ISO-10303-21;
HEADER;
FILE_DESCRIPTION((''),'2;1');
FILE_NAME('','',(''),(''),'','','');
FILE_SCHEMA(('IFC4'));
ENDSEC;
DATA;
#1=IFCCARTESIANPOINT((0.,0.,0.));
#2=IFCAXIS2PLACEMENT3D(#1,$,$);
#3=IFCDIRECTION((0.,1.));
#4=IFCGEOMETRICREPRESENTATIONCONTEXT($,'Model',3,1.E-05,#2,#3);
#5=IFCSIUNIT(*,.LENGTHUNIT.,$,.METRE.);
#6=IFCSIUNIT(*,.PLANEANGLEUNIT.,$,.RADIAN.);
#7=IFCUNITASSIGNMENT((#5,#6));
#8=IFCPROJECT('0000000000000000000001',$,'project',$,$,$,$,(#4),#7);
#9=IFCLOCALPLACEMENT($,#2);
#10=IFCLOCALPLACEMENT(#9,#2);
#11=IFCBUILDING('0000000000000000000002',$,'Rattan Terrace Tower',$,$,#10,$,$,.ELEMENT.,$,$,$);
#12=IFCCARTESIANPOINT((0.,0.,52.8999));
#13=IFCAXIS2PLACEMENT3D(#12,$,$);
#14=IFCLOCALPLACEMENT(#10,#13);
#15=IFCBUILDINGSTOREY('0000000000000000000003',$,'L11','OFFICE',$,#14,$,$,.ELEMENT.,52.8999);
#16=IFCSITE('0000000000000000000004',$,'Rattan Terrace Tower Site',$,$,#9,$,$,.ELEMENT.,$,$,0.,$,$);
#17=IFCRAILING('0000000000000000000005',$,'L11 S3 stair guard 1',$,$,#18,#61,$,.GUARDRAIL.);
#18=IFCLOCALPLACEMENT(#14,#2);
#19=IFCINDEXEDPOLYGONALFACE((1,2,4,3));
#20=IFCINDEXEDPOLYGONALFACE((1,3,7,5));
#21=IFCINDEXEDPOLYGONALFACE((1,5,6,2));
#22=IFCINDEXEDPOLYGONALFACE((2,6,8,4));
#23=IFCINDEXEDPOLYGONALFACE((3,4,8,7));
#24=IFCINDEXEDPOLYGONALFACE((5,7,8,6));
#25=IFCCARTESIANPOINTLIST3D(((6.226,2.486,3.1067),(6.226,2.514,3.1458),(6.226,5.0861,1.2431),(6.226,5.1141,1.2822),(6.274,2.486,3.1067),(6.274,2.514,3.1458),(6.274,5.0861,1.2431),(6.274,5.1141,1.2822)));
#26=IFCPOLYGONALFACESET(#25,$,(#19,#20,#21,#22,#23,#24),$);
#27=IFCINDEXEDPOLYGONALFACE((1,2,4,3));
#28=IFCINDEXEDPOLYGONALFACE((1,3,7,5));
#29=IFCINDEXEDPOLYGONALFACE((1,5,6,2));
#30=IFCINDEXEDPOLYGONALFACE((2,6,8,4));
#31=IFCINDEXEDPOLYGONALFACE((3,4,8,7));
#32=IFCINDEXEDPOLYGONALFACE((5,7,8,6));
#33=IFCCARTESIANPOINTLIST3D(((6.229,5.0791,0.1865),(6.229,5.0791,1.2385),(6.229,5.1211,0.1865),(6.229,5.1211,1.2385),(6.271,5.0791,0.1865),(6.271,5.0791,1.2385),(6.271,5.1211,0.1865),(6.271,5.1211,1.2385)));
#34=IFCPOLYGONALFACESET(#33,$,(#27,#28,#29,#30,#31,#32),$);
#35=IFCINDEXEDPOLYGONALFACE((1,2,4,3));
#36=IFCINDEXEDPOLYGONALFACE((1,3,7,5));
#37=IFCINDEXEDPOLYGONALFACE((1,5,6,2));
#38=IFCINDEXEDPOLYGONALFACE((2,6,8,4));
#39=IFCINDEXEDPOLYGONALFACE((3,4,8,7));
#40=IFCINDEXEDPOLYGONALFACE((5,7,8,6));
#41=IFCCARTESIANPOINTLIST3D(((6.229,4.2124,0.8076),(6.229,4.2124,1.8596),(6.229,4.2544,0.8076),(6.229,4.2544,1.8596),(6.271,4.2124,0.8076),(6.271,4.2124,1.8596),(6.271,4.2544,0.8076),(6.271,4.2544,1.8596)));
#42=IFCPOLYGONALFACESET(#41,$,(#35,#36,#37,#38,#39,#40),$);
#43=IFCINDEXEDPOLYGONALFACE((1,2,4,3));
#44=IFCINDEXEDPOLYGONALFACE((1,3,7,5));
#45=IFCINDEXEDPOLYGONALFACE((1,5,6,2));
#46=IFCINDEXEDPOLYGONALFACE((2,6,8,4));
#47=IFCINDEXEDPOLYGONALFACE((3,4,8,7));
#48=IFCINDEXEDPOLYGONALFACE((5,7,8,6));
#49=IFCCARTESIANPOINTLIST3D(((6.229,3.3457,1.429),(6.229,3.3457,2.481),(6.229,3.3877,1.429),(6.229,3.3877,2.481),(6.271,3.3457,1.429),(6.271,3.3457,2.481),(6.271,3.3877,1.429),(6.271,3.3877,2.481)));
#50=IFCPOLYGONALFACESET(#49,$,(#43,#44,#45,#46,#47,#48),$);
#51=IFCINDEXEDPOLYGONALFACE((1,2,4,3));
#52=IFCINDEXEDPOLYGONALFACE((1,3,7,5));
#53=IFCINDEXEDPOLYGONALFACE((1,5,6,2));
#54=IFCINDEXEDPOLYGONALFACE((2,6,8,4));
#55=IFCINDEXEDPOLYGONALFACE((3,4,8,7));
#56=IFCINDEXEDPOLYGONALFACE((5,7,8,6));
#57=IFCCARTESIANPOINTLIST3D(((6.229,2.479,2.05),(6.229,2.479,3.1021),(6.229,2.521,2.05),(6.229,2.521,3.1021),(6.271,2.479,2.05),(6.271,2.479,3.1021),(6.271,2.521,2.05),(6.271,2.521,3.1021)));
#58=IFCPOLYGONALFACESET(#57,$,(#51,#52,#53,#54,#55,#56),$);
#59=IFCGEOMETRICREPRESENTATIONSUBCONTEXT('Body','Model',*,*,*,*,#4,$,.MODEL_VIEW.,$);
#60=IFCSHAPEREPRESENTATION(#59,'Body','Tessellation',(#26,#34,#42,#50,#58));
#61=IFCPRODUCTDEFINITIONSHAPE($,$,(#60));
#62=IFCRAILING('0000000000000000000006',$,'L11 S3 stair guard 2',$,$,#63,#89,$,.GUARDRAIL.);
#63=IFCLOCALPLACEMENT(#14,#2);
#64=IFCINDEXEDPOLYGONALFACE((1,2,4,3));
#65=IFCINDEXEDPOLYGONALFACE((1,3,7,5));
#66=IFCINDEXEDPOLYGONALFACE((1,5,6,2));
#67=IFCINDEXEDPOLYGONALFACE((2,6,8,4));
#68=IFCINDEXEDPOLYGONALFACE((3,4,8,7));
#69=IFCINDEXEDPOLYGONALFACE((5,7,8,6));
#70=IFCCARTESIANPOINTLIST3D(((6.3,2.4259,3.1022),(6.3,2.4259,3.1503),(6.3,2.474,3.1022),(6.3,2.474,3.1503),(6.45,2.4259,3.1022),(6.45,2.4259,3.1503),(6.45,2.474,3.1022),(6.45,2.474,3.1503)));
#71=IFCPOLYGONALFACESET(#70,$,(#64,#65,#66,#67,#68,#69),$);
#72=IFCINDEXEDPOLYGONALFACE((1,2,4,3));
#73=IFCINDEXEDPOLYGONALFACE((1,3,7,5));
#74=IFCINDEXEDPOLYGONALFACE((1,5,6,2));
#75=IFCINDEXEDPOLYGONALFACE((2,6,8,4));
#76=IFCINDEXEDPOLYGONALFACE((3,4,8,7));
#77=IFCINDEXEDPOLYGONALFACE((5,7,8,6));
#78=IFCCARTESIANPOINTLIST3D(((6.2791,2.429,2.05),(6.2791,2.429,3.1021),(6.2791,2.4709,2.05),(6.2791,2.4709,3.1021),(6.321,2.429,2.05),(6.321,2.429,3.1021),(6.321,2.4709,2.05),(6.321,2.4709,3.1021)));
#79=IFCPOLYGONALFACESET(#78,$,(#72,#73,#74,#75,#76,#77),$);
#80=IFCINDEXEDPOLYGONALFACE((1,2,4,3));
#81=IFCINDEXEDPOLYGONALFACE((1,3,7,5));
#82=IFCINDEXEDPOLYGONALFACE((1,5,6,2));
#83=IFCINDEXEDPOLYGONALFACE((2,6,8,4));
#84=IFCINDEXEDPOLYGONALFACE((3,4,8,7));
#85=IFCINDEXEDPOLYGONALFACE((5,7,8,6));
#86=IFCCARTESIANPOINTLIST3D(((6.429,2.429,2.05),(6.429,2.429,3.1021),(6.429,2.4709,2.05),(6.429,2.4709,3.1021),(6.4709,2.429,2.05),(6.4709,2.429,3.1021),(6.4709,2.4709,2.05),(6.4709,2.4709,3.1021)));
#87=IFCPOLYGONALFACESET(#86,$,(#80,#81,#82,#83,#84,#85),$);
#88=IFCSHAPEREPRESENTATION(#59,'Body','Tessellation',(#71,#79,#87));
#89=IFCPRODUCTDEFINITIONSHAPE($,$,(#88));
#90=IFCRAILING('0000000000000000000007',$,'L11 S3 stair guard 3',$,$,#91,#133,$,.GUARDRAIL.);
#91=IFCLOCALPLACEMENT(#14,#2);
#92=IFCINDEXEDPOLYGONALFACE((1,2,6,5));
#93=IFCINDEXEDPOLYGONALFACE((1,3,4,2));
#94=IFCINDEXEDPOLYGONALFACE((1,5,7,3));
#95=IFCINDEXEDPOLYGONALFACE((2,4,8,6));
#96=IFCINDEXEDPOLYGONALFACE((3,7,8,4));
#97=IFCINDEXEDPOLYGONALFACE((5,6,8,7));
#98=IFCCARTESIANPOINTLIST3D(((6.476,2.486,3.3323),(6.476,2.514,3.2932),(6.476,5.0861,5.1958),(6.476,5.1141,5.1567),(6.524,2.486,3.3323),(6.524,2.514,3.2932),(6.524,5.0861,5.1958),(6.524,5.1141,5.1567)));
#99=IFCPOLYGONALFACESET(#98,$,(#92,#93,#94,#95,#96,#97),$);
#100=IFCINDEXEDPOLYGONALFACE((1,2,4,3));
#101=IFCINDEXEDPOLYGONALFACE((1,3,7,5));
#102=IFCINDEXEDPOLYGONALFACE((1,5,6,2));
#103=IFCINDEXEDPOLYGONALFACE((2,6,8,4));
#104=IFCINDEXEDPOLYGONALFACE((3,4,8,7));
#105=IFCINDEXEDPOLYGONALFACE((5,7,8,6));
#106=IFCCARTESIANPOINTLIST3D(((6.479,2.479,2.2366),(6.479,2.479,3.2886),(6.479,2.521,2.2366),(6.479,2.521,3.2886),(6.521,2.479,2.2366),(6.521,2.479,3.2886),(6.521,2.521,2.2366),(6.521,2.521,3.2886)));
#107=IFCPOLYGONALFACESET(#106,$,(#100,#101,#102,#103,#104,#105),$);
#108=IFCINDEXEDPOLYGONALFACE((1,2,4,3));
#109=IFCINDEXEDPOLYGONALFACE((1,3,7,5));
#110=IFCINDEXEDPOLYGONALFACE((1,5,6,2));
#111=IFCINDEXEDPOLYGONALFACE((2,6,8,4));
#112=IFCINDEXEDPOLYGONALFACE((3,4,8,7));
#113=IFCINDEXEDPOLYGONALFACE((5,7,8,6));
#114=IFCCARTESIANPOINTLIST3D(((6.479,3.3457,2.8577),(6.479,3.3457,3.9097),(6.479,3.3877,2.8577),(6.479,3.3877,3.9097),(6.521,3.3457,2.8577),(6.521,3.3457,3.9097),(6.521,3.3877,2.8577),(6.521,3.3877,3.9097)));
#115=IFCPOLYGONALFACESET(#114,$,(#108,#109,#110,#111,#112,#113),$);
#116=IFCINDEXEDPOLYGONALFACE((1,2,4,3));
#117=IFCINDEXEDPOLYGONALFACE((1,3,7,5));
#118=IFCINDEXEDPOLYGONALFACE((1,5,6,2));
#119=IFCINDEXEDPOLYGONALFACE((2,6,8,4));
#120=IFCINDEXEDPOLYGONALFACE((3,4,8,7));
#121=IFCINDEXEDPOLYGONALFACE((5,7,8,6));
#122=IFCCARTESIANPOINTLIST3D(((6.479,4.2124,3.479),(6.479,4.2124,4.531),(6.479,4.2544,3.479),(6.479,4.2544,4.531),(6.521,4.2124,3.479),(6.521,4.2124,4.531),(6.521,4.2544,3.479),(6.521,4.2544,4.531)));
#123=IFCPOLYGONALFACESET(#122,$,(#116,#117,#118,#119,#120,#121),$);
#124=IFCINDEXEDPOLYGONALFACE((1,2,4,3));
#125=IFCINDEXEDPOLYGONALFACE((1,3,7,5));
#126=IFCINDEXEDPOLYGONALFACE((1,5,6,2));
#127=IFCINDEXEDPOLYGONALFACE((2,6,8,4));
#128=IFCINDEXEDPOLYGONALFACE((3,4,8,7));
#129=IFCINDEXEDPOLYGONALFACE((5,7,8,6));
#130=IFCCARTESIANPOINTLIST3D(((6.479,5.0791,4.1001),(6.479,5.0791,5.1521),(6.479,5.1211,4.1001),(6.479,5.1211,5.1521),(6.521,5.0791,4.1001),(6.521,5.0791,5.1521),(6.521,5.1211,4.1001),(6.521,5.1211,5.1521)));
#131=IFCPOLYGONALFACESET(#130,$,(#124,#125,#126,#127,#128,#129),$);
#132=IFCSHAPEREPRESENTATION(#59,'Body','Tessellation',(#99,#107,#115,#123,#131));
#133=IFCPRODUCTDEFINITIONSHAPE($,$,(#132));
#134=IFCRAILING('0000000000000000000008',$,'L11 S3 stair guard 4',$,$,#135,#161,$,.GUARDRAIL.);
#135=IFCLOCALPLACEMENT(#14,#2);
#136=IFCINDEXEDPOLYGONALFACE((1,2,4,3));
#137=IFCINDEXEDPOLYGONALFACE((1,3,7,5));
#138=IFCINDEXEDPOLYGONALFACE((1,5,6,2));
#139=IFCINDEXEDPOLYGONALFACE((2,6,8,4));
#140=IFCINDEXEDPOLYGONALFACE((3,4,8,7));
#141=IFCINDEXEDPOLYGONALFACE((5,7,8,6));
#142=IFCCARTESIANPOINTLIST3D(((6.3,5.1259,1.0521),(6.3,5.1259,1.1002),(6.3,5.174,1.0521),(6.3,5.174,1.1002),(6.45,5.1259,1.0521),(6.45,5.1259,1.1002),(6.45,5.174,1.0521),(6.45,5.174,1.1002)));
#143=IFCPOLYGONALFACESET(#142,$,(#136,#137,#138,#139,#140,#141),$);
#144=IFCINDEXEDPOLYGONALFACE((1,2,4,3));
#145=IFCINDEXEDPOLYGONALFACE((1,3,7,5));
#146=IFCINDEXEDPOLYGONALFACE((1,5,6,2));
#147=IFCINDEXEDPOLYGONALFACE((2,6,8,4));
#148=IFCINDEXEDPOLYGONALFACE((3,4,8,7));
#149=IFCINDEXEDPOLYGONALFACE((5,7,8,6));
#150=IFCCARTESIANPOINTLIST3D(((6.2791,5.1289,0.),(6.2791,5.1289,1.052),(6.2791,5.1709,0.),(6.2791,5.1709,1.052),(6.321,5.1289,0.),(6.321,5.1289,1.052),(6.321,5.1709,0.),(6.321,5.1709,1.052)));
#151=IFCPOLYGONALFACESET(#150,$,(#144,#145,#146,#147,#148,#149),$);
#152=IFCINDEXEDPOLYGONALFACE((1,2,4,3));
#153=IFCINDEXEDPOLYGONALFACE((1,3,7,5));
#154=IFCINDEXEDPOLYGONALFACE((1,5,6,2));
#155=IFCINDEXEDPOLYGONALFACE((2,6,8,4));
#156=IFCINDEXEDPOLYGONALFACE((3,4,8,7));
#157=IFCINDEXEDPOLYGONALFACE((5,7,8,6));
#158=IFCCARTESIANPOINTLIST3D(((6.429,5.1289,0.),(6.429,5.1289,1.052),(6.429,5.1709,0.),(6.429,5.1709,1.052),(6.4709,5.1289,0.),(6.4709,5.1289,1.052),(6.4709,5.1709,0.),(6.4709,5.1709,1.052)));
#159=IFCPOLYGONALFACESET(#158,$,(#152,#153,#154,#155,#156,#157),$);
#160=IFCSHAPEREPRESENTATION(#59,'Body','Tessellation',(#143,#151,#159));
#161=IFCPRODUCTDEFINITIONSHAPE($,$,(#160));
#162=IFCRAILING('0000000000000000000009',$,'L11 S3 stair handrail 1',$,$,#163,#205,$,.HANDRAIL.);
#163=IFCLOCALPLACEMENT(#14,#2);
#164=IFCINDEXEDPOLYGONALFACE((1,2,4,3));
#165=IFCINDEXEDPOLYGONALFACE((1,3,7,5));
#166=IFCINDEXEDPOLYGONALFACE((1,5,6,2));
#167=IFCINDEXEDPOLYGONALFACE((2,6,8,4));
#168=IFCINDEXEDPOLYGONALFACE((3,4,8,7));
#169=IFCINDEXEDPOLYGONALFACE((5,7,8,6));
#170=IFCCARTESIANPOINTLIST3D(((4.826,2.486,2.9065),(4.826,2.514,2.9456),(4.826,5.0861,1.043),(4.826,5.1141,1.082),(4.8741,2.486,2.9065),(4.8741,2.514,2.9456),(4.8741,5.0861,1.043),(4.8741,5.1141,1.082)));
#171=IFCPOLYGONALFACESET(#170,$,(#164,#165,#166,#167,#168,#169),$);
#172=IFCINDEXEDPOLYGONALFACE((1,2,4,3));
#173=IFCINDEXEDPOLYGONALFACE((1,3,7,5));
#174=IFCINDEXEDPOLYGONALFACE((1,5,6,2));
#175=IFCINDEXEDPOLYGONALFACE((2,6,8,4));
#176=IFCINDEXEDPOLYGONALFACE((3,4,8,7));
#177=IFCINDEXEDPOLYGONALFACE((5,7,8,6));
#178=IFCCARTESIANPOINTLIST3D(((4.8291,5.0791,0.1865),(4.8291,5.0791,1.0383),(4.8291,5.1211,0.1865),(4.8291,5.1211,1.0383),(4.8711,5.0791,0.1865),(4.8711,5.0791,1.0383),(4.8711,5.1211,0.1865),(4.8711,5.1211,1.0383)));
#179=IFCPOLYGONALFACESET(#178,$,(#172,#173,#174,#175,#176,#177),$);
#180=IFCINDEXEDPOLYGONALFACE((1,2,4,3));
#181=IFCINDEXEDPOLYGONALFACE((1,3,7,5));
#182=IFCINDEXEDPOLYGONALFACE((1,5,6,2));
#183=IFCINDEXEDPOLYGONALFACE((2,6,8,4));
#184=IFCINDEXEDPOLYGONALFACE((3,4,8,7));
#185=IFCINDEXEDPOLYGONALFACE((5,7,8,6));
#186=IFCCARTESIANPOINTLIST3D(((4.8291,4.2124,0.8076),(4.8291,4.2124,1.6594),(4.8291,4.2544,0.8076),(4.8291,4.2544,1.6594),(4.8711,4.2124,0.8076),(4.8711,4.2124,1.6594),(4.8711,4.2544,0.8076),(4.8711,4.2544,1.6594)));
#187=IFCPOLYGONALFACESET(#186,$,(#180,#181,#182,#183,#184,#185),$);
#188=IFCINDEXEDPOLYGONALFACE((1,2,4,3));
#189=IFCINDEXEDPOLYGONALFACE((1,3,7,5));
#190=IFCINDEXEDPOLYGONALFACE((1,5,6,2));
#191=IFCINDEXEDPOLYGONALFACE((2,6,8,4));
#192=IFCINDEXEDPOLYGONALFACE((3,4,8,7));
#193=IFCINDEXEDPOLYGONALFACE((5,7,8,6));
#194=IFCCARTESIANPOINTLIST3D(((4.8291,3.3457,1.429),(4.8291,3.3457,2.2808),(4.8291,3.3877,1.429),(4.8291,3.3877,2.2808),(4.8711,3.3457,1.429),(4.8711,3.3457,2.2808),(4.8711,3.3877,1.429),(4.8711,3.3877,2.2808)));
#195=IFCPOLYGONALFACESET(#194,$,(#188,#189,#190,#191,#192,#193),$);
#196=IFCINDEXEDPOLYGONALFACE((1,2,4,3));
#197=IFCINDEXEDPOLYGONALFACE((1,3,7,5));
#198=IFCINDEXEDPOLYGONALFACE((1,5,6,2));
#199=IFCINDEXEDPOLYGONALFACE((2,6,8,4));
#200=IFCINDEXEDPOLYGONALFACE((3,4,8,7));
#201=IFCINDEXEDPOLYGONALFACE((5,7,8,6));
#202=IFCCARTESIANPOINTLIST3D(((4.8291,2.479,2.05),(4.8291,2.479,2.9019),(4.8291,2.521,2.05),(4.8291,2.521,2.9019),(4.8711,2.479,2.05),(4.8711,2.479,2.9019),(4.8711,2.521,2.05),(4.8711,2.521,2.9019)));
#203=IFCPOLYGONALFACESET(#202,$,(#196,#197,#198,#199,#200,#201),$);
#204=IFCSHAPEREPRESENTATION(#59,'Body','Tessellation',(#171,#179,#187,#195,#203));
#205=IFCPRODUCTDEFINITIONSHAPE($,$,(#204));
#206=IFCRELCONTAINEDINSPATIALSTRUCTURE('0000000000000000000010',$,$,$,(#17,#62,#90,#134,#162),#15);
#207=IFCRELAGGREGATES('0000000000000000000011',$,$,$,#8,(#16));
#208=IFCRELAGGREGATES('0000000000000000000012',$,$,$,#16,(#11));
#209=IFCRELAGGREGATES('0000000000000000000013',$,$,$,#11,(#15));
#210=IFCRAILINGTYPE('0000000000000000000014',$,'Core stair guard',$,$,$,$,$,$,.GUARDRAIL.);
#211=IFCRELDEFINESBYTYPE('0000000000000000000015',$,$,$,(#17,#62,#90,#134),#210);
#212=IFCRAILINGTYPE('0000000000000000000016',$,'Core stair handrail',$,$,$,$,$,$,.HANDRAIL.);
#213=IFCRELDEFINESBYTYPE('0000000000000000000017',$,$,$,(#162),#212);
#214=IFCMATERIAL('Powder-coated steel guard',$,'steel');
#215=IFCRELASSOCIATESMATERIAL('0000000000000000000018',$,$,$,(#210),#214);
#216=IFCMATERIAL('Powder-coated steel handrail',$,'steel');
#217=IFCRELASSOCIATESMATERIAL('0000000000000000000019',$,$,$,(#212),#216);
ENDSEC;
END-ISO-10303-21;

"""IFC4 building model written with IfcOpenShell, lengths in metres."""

from ifc_helpers import new_model, si_unit, direction, frame, origin, origin_2d, place, context, subcontext, project, spatial, rectangle, extrude, material, type_object, element, save


model = new_model("IFC4")

# Units and contexts
model_context = context("Model", 3, precision=1e-05, world=origin(), true_north=direction((0.0, 1.0)))
body_context = subcontext(model_context, "Body", "Model", "MODEL_VIEW")
ifc_project = project(units=[si_unit("LENGTHUNIT", "METRE"), si_unit("PLANEANGLEUNIT", "RADIAN")], contexts=[model_context])

# Site, building, storey
site_placement = place(None, origin())
site = spatial("IfcSite", under=ifc_project, at=site_placement, Name="Rattan Terrace Tower Site", CompositionType="ELEMENT", RefElevation=0.0)
building_placement = place(site_placement, origin())
building = spatial("IfcBuilding", under=site, at=building_placement, Name="Rattan Terrace Tower", CompositionType="ELEMENT")
storey_placement = place(building_placement, frame((0.0, 0.0, 52.8999)))
storey = spatial("IfcBuildingStorey", under=building, at=storey_placement, Name="L11", Description="OFFICE", CompositionType="ELEMENT", Elevation=52.8999)

# Railings
ifc_material_1 = material(Name="Powder-coated steel guard", Category="steel")
railing_type_1 = type_object("IfcRailingType", Name="Core stair guard", PredefinedType="GUARDRAIL", material=ifc_material_1)
railing_1_placement = place(storey_placement, frame((6.25, 5.1001, 0.1865)))
element("IfcRailing", 1, at=railing_1_placement, inside=storey, type_object=railing_type_1, Name="L11 S3 stair guard 1", PredefinedType="GUARDRAIL", context=body_context, shape_type="SweptSolid", body=[
    extrude(rectangle(XDim=0.0481, YDim=0.0481, at=origin_2d()), frame((0.0, 0.0, 1.0762), z_axis=(0.0, -0.812799, 0.582544), x_axis=(1.0, 0.0, 0.0)), (0.0, 0.0, 1.0), 3.199),
    extrude(rectangle(XDim=0.042, YDim=0.042, at=origin_2d()), origin(), (0.0, 0.0, 1.0), 1.052),
    extrude(rectangle(XDim=0.042, YDim=0.042, at=origin_2d()), frame((0.0, -0.8667, 0.6211)), (0.0, 0.0, 1.0), 1.052),
    extrude(rectangle(XDim=0.042, YDim=0.042, at=origin_2d()), frame((0.0, -1.7334, 1.2424)), (0.0, 0.0, 1.0), 1.052),
    extrude(rectangle(XDim=0.042, YDim=0.042, at=origin_2d()), frame((0.0, -2.6001, 1.8635)), (0.0, 0.0, 1.0), 1.052),
])
railing_2_placement = place(storey_placement, frame((6.3, 2.45, 2.05)))
element("IfcRailing", 2, at=railing_2_placement, inside=storey, type_object=railing_type_1, Name="L11 S3 stair guard 2", PredefinedType="GUARDRAIL", context=body_context, shape_type="SweptSolid", body=[
    extrude(rectangle(XDim=0.0481, YDim=0.0481, at=origin_2d()), frame((0.0, 0.0, 1.0762), z_axis=(1.0, 0.0, 0.0), x_axis=(0.0, 1.0, 0.0)), (0.0, 0.0, 1.0), 0.1499),
    extrude(rectangle(XDim=0.042, YDim=0.042, at=origin_2d()), origin(), (0.0, 0.0, 1.0), 1.052),
    extrude(rectangle(XDim=0.042, YDim=0.042, at=origin_2d()), frame((0.1499, 0.0, 0.0)), (0.0, 0.0, 1.0), 1.052),
])
railing_3_placement = place(storey_placement, frame((6.5, 2.5, 2.2366)))
element("IfcRailing", 3, at=railing_3_placement, inside=storey, type_object=railing_type_1, Name="L11 S3 stair guard 3", PredefinedType="GUARDRAIL", context=body_context, shape_type="SweptSolid", body=[
    extrude(rectangle(XDim=0.0481, YDim=0.0481, at=origin_2d()), frame((0.0, 0.0, 1.0762), z_axis=(0.0, 0.812799, 0.582544), x_axis=(-1.0, 0.0, 0.0)), (0.0, 0.0, 1.0), 3.199),
    extrude(rectangle(XDim=0.042, YDim=0.042, at=origin_2d()), origin(), (0.0, 0.0, 1.0), 1.052),
    extrude(rectangle(XDim=0.042, YDim=0.042, at=origin_2d()), frame((0.0, 0.8667, 0.6211)), (0.0, 0.0, 1.0), 1.052),
    extrude(rectangle(XDim=0.042, YDim=0.042, at=origin_2d()), frame((0.0, 1.7334, 1.2424)), (0.0, 0.0, 1.0), 1.052),
    extrude(rectangle(XDim=0.042, YDim=0.042, at=origin_2d()), frame((0.0, 2.6001, 1.8635)), (0.0, 0.0, 1.0), 1.052),
])
railing_4_placement = place(storey_placement, frame((6.3, 5.1499, 0.0)))
element("IfcRailing", 4, at=railing_4_placement, inside=storey, type_object=railing_type_1, Name="L11 S3 stair guard 4", PredefinedType="GUARDRAIL", context=body_context, shape_type="SweptSolid", body=[
    extrude(rectangle(XDim=0.0481, YDim=0.0481, at=origin_2d()), frame((0.0, 0.0, 1.0762), z_axis=(1.0, 0.0, 0.0), x_axis=(0.0, 1.0, 0.0)), (0.0, 0.0, 1.0), 0.1499),
    extrude(rectangle(XDim=0.042, YDim=0.042, at=origin_2d()), origin(), (0.0, 0.0, 1.0), 1.052),
    extrude(rectangle(XDim=0.042, YDim=0.042, at=origin_2d()), frame((0.1499, 0.0, 0.0)), (0.0, 0.0, 1.0), 1.052),
])
ifc_material_2 = material(Name="Powder-coated steel handrail", Category="steel")
railing_type_2 = type_object("IfcRailingType", Name="Core stair handrail", PredefinedType="HANDRAIL", material=ifc_material_2)
railing_5_placement = place(storey_placement, frame((4.8501, 5.1001, 0.1865)))
element("IfcRailing", 5, at=railing_5_placement, inside=storey, type_object=railing_type_2, Name="L11 S3 stair handrail 1", PredefinedType="HANDRAIL", context=body_context, shape_type="SweptSolid", body=[
    extrude(rectangle(XDim=0.0481, YDim=0.0481, at=origin_2d()), frame((0.0, 0.0, 0.876), z_axis=(0.0, -0.812799, 0.582544), x_axis=(1.0, 0.0, 0.0)), (0.0, 0.0, 1.0), 3.199),
    extrude(rectangle(XDim=0.042, YDim=0.042, at=origin_2d()), origin(), (0.0, 0.0, 1.0), 0.8518),
    extrude(rectangle(XDim=0.042, YDim=0.042, at=origin_2d()), frame((0.0, -0.8667, 0.6211)), (0.0, 0.0, 1.0), 0.8518),
    extrude(rectangle(XDim=0.042, YDim=0.042, at=origin_2d()), frame((0.0, -1.7334, 1.2424)), (0.0, 0.0, 1.0), 0.8518),
    extrude(rectangle(XDim=0.042, YDim=0.042, at=origin_2d()), frame((0.0, -2.6001, 1.8635)), (0.0, 0.0, 1.0), 0.8518),
])

save(model, "model.ifc")
